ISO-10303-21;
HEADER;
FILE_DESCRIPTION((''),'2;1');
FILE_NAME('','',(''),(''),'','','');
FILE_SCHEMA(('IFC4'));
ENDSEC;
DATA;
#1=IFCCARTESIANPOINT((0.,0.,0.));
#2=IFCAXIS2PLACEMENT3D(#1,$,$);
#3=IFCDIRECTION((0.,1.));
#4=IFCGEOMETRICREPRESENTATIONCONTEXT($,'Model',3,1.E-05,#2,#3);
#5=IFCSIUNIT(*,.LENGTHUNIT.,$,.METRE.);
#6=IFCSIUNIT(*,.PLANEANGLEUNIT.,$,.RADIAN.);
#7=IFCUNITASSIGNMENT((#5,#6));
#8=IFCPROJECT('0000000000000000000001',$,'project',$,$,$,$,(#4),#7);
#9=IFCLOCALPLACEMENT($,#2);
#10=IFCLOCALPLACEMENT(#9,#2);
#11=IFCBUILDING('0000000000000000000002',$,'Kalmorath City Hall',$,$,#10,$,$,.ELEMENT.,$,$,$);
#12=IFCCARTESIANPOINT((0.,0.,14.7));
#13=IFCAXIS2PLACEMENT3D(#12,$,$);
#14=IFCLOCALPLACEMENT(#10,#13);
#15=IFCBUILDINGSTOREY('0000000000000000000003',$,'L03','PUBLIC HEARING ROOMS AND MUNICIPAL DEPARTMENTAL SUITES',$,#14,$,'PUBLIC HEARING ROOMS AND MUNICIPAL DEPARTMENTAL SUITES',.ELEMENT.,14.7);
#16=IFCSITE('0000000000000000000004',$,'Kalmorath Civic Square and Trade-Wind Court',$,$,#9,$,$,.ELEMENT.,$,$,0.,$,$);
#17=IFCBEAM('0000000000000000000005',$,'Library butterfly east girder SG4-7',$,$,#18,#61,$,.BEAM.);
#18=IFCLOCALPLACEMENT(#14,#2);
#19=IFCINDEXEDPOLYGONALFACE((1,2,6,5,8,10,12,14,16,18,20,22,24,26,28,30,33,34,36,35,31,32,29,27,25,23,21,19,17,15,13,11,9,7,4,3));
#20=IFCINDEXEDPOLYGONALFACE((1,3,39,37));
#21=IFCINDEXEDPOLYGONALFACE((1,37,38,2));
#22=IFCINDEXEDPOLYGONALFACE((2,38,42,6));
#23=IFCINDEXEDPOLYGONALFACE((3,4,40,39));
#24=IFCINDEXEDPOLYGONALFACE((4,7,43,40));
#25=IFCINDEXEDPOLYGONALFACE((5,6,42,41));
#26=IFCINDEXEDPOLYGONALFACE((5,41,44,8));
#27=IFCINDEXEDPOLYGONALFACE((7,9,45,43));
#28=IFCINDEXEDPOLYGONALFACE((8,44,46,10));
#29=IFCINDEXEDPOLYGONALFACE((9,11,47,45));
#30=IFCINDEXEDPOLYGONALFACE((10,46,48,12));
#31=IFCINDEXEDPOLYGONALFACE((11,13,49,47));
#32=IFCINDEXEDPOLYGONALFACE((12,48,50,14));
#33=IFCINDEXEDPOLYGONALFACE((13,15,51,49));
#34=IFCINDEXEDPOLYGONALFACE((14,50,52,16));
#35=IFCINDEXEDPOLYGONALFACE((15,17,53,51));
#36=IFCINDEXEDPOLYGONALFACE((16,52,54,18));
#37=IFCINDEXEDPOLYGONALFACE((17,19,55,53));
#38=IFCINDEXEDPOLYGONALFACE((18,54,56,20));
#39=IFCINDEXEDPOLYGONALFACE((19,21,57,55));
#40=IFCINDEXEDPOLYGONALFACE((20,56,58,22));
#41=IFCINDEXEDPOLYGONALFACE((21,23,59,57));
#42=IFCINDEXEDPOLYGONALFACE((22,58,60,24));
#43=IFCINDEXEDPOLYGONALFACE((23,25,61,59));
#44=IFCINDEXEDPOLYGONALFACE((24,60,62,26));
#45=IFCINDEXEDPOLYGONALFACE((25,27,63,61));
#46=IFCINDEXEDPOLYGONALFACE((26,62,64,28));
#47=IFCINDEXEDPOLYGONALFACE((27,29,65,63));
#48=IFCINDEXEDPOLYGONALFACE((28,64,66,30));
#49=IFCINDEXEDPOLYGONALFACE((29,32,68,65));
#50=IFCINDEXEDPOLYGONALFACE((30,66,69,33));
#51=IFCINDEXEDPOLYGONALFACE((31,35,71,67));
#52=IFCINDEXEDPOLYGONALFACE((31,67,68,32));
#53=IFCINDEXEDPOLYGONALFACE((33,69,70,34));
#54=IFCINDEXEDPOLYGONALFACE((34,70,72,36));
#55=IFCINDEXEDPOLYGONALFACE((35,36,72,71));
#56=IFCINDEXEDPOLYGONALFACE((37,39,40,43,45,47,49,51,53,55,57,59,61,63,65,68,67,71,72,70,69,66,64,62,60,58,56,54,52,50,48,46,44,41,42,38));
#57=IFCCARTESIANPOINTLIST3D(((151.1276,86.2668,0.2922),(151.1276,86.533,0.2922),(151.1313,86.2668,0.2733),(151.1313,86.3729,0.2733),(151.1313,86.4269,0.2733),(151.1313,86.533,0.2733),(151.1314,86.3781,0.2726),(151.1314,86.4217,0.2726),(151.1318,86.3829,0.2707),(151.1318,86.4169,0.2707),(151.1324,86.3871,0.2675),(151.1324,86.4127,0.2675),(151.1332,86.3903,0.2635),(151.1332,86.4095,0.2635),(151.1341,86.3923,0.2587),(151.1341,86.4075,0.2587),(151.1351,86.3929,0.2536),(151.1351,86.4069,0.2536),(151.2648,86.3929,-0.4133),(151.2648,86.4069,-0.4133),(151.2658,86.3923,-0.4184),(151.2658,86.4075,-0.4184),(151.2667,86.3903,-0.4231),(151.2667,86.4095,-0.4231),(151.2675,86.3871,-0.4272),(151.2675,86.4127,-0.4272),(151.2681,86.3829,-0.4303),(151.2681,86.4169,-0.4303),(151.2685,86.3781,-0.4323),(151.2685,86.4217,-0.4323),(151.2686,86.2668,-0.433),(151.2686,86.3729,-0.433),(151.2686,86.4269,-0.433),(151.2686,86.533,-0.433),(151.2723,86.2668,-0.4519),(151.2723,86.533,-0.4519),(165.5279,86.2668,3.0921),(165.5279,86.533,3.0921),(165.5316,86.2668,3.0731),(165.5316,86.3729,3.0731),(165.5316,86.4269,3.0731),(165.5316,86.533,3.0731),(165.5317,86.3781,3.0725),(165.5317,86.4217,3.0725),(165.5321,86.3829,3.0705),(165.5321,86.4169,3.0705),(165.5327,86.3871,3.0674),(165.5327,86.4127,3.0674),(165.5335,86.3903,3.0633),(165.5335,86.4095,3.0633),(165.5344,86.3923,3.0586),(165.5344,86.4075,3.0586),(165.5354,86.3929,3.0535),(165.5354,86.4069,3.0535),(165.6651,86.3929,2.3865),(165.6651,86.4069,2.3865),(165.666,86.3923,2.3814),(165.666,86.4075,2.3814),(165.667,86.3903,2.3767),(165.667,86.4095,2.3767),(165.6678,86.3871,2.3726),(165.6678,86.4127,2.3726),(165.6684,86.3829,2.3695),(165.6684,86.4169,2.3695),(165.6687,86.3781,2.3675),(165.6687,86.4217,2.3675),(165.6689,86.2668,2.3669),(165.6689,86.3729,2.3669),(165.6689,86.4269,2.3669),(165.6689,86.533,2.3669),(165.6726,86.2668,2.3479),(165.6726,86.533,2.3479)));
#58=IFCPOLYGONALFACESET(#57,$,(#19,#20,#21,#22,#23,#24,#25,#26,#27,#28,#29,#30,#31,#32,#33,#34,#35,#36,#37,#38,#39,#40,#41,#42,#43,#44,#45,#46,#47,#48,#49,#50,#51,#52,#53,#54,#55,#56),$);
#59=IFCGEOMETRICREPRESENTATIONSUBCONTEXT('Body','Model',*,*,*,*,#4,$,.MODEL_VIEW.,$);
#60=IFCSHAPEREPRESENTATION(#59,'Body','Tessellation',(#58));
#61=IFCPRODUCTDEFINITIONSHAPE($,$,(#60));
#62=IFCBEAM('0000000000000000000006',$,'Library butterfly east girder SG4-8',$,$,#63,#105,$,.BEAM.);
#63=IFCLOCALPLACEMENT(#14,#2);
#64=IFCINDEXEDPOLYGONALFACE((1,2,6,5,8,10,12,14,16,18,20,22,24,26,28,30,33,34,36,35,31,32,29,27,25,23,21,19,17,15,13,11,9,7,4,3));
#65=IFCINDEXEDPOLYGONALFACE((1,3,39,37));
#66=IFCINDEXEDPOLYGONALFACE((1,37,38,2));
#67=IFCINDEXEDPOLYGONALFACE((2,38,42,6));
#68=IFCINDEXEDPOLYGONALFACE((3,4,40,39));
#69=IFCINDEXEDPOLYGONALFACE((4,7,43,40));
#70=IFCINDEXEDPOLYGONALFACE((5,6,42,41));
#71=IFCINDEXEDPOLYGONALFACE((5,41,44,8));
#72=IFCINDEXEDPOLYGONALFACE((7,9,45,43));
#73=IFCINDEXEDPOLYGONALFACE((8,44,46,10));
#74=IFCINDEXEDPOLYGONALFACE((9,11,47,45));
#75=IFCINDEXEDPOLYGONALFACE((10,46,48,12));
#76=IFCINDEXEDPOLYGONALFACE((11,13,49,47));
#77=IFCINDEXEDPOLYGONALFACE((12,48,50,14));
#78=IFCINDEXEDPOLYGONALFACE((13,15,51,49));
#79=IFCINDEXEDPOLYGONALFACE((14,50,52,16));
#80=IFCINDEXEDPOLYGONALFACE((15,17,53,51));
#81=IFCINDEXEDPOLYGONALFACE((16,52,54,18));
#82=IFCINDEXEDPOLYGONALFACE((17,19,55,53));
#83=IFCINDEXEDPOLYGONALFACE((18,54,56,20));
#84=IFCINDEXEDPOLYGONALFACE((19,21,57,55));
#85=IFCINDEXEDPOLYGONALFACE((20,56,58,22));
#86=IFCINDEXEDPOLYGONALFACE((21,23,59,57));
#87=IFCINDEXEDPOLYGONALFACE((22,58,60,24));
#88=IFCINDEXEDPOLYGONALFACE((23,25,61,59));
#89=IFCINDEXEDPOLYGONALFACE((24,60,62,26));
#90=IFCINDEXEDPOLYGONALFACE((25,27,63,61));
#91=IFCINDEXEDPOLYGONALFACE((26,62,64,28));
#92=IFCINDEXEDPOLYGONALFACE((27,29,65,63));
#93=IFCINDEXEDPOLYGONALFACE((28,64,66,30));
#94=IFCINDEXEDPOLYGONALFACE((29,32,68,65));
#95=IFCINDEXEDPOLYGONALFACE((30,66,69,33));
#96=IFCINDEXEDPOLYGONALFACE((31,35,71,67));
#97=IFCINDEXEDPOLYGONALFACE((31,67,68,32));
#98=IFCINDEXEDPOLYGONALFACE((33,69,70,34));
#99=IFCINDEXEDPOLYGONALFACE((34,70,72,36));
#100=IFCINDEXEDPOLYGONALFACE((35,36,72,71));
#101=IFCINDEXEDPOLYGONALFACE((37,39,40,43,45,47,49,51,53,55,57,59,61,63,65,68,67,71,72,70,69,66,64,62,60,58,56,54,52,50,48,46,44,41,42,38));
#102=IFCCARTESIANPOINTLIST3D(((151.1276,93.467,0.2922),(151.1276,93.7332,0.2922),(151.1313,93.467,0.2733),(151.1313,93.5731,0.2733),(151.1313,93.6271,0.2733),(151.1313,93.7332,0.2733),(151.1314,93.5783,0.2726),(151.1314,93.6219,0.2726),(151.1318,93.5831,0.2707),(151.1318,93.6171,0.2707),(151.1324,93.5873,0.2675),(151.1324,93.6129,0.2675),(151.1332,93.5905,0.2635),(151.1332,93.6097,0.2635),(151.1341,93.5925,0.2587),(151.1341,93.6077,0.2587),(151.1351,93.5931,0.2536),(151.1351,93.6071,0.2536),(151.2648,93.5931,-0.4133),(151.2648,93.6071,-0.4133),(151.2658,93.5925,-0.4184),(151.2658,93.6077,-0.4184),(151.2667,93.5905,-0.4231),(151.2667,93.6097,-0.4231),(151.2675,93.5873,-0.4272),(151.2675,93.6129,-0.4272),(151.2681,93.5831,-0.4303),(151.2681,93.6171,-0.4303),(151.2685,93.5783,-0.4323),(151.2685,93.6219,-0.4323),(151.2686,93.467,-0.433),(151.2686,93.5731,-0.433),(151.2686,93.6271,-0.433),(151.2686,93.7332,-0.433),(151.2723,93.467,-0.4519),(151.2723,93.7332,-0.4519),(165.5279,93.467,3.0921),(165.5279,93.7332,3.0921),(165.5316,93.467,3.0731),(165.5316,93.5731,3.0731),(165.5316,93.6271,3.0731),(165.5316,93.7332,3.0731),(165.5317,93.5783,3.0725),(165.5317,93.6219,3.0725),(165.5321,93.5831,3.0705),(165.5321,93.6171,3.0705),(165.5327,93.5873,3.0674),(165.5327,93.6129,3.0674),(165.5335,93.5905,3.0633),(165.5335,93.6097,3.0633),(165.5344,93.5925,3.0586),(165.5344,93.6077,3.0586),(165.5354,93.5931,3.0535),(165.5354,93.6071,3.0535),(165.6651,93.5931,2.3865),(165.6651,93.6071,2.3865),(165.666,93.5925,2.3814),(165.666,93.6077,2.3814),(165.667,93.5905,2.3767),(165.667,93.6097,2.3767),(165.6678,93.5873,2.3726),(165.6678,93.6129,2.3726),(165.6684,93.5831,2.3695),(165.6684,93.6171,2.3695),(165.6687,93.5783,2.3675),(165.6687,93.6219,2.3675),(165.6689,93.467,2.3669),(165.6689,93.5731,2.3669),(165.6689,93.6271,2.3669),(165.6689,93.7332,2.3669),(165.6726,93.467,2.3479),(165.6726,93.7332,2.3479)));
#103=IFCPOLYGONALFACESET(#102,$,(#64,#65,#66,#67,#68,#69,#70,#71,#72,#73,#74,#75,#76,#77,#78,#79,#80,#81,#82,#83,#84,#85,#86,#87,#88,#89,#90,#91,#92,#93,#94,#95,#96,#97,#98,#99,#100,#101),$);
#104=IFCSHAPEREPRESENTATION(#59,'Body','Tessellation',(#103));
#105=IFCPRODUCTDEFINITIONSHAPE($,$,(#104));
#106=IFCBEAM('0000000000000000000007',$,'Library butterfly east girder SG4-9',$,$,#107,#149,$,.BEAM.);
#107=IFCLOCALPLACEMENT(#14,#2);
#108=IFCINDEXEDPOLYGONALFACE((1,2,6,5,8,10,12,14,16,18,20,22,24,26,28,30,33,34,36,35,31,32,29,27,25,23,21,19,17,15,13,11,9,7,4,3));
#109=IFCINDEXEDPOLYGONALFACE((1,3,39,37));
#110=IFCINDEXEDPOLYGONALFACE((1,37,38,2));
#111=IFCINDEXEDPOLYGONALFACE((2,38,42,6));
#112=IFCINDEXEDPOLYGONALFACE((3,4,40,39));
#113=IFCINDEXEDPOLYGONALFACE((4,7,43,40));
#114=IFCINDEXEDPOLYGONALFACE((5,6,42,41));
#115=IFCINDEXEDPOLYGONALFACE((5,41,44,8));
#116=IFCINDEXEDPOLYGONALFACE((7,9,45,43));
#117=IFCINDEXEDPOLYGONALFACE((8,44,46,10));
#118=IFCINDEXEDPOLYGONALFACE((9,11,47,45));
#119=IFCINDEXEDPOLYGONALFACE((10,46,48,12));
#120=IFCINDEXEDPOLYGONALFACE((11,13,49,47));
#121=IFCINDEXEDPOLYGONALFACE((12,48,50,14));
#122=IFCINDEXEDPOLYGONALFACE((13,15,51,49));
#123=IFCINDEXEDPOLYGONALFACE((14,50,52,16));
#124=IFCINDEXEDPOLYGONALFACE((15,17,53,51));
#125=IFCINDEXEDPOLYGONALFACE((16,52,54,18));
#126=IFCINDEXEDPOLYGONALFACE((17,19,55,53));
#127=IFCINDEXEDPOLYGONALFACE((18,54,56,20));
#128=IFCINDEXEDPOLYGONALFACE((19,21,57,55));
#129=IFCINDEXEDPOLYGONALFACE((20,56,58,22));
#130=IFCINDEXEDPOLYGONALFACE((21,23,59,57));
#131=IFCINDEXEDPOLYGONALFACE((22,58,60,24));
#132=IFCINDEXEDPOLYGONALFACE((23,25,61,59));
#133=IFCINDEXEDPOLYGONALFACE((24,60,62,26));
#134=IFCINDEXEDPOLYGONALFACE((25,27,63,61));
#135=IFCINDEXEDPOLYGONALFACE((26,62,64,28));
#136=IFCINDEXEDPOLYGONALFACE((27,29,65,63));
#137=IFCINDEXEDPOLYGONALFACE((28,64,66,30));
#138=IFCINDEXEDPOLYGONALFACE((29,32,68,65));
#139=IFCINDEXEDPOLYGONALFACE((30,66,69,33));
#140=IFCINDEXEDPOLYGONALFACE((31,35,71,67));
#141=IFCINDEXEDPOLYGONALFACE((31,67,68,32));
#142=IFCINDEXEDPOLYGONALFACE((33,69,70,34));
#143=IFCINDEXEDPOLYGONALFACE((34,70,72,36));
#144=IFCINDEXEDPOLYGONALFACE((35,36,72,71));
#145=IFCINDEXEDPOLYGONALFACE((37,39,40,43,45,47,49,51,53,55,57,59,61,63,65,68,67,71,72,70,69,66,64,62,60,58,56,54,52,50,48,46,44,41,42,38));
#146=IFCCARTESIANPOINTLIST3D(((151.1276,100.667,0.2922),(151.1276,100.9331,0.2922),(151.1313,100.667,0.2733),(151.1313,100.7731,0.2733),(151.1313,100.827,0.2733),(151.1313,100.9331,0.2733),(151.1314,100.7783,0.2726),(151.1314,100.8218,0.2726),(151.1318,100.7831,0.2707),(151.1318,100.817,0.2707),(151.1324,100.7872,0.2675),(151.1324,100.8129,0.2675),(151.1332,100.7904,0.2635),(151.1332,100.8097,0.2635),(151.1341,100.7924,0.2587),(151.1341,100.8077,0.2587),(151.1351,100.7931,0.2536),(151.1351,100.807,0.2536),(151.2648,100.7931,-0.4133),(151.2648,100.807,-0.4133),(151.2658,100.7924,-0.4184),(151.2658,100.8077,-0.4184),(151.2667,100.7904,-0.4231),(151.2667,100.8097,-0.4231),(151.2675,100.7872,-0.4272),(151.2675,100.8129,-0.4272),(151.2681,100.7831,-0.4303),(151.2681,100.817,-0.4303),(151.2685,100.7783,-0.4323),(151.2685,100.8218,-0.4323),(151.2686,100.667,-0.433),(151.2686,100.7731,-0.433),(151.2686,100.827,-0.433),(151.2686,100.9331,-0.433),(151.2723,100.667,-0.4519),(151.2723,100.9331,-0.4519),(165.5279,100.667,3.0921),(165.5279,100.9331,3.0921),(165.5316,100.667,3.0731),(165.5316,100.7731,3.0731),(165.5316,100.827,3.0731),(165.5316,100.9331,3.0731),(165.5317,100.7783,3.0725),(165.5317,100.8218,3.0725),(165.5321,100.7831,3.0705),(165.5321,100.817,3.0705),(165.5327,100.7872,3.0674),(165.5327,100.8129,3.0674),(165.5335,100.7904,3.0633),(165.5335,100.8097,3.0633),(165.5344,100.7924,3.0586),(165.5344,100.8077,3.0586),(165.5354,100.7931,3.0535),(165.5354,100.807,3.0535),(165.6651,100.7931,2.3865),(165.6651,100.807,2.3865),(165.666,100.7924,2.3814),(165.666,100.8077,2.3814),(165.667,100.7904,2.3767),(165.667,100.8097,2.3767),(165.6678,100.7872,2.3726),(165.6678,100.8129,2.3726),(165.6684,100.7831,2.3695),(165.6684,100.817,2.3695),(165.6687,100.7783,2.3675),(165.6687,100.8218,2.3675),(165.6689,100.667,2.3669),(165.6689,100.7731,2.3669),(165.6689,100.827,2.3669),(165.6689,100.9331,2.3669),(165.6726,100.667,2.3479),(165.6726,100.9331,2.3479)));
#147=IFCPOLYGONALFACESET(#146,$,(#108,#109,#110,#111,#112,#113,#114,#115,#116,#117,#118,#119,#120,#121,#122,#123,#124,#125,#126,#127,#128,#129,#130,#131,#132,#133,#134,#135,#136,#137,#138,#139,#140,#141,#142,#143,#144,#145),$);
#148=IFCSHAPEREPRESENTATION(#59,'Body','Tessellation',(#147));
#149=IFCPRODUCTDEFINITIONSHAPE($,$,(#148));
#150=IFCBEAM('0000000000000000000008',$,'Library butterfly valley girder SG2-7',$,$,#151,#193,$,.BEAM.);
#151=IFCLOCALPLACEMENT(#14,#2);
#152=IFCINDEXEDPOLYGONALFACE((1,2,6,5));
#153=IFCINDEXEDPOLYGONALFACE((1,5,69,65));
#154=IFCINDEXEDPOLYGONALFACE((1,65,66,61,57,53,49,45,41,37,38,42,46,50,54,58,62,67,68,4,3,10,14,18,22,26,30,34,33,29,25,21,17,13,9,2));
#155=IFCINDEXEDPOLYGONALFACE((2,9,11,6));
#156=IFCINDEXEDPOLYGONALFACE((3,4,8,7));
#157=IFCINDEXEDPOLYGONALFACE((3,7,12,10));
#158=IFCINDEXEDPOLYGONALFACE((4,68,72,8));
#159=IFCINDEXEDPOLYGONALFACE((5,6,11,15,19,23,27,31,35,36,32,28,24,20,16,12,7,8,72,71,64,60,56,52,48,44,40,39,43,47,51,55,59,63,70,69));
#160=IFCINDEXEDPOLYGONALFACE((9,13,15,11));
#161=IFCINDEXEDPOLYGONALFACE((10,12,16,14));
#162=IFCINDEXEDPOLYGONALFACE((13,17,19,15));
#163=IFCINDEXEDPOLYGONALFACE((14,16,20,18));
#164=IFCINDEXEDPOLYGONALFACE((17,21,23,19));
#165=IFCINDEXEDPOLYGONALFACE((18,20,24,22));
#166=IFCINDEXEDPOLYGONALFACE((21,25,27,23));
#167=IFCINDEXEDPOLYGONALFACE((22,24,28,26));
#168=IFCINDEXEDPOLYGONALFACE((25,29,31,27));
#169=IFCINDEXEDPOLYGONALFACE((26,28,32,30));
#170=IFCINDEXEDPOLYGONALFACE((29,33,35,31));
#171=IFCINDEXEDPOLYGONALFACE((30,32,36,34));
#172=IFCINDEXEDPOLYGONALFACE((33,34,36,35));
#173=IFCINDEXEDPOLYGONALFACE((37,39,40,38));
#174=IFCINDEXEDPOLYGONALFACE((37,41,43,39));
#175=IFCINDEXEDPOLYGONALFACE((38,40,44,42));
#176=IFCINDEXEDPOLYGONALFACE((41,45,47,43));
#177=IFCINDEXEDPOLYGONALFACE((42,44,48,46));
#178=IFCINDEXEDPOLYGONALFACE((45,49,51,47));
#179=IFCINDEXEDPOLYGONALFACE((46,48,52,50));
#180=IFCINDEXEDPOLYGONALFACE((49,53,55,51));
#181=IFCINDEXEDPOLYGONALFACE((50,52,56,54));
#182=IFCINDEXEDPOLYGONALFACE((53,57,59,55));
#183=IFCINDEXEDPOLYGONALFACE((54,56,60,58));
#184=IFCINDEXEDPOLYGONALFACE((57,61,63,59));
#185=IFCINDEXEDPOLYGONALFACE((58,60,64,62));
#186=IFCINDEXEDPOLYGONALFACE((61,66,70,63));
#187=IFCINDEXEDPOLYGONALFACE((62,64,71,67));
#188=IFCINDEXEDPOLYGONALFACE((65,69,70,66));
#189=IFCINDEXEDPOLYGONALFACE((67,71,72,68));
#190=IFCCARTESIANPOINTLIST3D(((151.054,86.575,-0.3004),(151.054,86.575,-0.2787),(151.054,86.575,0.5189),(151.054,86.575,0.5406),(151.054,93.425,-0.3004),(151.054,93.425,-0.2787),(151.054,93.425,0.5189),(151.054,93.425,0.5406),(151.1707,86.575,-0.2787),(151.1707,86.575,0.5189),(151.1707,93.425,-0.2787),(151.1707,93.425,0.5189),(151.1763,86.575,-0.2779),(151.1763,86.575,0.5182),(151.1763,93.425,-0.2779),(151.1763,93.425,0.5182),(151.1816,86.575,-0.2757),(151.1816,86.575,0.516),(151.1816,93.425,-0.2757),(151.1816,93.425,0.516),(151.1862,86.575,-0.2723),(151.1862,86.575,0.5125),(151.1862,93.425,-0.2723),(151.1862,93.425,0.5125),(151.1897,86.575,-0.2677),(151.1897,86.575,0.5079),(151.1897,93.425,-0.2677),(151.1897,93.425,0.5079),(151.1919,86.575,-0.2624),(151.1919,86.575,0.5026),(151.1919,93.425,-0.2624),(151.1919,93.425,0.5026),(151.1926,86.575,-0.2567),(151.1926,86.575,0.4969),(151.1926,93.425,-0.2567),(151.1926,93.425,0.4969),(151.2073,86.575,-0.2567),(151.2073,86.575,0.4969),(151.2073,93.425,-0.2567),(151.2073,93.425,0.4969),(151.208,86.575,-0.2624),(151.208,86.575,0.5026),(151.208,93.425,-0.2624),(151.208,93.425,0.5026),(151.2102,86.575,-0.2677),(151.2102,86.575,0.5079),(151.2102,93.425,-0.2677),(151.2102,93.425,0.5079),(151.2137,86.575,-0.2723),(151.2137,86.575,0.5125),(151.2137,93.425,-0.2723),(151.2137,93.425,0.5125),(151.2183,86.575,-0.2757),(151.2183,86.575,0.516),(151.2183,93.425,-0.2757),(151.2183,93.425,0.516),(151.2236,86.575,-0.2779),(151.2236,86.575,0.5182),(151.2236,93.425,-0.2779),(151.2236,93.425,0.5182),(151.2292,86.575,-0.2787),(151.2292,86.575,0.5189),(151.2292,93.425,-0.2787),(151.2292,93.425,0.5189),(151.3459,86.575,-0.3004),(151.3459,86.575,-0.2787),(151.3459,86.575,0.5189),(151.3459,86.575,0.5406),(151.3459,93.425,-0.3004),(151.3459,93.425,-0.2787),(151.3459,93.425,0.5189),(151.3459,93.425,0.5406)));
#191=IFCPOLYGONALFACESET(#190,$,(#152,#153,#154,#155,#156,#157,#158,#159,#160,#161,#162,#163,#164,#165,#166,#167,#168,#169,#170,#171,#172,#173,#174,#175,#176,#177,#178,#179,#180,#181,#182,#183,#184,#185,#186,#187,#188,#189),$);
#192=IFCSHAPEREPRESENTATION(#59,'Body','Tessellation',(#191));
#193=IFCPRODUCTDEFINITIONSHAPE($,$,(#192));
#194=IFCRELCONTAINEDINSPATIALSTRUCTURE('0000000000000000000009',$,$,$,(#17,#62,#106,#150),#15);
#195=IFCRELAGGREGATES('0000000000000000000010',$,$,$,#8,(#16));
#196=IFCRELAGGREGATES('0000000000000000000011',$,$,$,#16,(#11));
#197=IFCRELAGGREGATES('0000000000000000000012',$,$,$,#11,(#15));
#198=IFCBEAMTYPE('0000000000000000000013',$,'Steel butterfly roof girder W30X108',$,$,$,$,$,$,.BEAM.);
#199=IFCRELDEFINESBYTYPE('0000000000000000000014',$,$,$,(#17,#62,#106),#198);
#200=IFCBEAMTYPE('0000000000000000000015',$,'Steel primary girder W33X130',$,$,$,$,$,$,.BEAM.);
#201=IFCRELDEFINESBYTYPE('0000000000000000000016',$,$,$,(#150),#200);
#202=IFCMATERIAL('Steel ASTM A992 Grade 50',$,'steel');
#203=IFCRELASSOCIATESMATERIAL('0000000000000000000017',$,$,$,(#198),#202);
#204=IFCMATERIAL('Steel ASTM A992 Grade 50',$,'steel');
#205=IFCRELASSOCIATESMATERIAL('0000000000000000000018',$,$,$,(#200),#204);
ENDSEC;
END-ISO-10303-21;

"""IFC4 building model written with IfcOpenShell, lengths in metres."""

from ifc_helpers import new_model, si_unit, direction, frame, origin, origin_2d, place, context, subcontext, project, spatial, i_section, extrude, material, material_profile, profile_set, type_object, element, save


model = new_model("IFC4")

# Units and contexts
model_context = context("Model", 3, precision=1e-05, world=origin(), true_north=direction((0.0, 1.0)))
body_context = subcontext(model_context, "Body", "Model", "MODEL_VIEW")
ifc_project = project(units=[si_unit("LENGTHUNIT", "METRE"), si_unit("PLANEANGLEUNIT", "RADIAN")], contexts=[model_context])

# Site, building, storey
site_placement = place(None, origin())
site = spatial("IfcSite", under=ifc_project, at=site_placement, Name="Kalmorath Civic Square and Trade-Wind Court", CompositionType="ELEMENT", RefElevation=0.0)
building_placement = place(site_placement, origin())
building = spatial("IfcBuilding", under=site, at=building_placement, Name="Kalmorath City Hall", CompositionType="ELEMENT")
storey_placement = place(building_placement, frame((0.0, 0.0, 14.7)))
storey = spatial("IfcBuildingStorey", under=building, at=storey_placement, Name="L03", Description="PUBLIC HEARING ROOMS AND MUNICIPAL DEPARTMENTAL SUITES", LongName="PUBLIC HEARING ROOMS AND MUNICIPAL DEPARTMENTAL SUITES", CompositionType="ELEMENT", Elevation=14.7)

# Beams
ifc_material_1 = material(Name="Steel ASTM A992 Grade 50", Category="steel")
ifc_material_profile_1 = material_profile(ifc_material_1, i_section(OverallWidth=0.2661, OverallDepth=0.7581, WebThickness=0.0139, FlangeThickness=0.0193, FilletRadius=0.02, at=origin_2d()), Name="W30X108")
ifc_profile_set_1 = profile_set([ifc_material_profile_1], Name="Steel ASTM A992 Grade 50")
beam_type_1 = type_object("IfcBeamType", Name="Steel butterfly roof girder W30X108", PredefinedType="BEAM", material=ifc_profile_set_1)
for number, where, z_axis, x_axis, name in (
    (1, (151.2, 86.3999, -0.0798), (0.981618, 0.0, 0.190855), (0.0, 1.0, 0.0), "Library butterfly east girder SG4-7"),
    (2, (151.2, 93.6001, -0.0798), (0.981618, 0.0, 0.190855), (0.0, 1.0, 0.0), "Library butterfly east girder SG4-8"),
    (3, (151.2, 100.8, -0.0798), (0.981618, 0.0, 0.190855), (0.0, 1.0, 0.0), "Library butterfly east girder SG4-9"),
):
    element("IfcBeam", number, at=place(storey_placement, frame(where, z_axis=z_axis, x_axis=x_axis)), inside=storey, type_object=beam_type_1, Name=name, PredefinedType="BEAM", context=body_context, shape_type="SweptSolid", body=[
        extrude(i_section(OverallWidth=0.2661, OverallDepth=0.7581, WebThickness=0.0139, FlangeThickness=0.0193, FilletRadius=0.02, at=origin_2d()), origin(), (0.0, 0.0, 1.0), 14.6699),
    ])
ifc_material_2 = material(Name="Steel ASTM A992 Grade 50", Category="steel")
ifc_material_profile_2 = material_profile(ifc_material_2, i_section(OverallWidth=0.292, OverallDepth=0.8411, WebThickness=0.0146, FlangeThickness=0.0217, FilletRadius=0.022, at=origin_2d()), Name="W33X130")
ifc_profile_set_2 = profile_set([ifc_material_profile_2], Name="Steel ASTM A992 Grade 50")
beam_type_2 = type_object("IfcBeamType", Name="Steel primary girder W33X130", PredefinedType="BEAM", material=ifc_profile_set_2)
for number, where, z_axis, x_axis, name in (
    (4, (151.2, 86.575, 0.1201), (0.0, 1.0, 0.0), (-1.0, 0.0, 0.0), "Library butterfly valley girder SG2-7"),
):
    element("IfcBeam", number, at=place(storey_placement, frame(where, z_axis=z_axis, x_axis=x_axis)), inside=storey, type_object=beam_type_2, Name=name, PredefinedType="BEAM", context=body_context, shape_type="SweptSolid", body=[
        extrude(i_section(OverallWidth=0.292, OverallDepth=0.8411, WebThickness=0.0146, FlangeThickness=0.0217, FilletRadius=0.022, at=origin_2d()), origin(), (0.0, 0.0, 1.0), 6.8501),
    ])

save(model, "model.ifc")
